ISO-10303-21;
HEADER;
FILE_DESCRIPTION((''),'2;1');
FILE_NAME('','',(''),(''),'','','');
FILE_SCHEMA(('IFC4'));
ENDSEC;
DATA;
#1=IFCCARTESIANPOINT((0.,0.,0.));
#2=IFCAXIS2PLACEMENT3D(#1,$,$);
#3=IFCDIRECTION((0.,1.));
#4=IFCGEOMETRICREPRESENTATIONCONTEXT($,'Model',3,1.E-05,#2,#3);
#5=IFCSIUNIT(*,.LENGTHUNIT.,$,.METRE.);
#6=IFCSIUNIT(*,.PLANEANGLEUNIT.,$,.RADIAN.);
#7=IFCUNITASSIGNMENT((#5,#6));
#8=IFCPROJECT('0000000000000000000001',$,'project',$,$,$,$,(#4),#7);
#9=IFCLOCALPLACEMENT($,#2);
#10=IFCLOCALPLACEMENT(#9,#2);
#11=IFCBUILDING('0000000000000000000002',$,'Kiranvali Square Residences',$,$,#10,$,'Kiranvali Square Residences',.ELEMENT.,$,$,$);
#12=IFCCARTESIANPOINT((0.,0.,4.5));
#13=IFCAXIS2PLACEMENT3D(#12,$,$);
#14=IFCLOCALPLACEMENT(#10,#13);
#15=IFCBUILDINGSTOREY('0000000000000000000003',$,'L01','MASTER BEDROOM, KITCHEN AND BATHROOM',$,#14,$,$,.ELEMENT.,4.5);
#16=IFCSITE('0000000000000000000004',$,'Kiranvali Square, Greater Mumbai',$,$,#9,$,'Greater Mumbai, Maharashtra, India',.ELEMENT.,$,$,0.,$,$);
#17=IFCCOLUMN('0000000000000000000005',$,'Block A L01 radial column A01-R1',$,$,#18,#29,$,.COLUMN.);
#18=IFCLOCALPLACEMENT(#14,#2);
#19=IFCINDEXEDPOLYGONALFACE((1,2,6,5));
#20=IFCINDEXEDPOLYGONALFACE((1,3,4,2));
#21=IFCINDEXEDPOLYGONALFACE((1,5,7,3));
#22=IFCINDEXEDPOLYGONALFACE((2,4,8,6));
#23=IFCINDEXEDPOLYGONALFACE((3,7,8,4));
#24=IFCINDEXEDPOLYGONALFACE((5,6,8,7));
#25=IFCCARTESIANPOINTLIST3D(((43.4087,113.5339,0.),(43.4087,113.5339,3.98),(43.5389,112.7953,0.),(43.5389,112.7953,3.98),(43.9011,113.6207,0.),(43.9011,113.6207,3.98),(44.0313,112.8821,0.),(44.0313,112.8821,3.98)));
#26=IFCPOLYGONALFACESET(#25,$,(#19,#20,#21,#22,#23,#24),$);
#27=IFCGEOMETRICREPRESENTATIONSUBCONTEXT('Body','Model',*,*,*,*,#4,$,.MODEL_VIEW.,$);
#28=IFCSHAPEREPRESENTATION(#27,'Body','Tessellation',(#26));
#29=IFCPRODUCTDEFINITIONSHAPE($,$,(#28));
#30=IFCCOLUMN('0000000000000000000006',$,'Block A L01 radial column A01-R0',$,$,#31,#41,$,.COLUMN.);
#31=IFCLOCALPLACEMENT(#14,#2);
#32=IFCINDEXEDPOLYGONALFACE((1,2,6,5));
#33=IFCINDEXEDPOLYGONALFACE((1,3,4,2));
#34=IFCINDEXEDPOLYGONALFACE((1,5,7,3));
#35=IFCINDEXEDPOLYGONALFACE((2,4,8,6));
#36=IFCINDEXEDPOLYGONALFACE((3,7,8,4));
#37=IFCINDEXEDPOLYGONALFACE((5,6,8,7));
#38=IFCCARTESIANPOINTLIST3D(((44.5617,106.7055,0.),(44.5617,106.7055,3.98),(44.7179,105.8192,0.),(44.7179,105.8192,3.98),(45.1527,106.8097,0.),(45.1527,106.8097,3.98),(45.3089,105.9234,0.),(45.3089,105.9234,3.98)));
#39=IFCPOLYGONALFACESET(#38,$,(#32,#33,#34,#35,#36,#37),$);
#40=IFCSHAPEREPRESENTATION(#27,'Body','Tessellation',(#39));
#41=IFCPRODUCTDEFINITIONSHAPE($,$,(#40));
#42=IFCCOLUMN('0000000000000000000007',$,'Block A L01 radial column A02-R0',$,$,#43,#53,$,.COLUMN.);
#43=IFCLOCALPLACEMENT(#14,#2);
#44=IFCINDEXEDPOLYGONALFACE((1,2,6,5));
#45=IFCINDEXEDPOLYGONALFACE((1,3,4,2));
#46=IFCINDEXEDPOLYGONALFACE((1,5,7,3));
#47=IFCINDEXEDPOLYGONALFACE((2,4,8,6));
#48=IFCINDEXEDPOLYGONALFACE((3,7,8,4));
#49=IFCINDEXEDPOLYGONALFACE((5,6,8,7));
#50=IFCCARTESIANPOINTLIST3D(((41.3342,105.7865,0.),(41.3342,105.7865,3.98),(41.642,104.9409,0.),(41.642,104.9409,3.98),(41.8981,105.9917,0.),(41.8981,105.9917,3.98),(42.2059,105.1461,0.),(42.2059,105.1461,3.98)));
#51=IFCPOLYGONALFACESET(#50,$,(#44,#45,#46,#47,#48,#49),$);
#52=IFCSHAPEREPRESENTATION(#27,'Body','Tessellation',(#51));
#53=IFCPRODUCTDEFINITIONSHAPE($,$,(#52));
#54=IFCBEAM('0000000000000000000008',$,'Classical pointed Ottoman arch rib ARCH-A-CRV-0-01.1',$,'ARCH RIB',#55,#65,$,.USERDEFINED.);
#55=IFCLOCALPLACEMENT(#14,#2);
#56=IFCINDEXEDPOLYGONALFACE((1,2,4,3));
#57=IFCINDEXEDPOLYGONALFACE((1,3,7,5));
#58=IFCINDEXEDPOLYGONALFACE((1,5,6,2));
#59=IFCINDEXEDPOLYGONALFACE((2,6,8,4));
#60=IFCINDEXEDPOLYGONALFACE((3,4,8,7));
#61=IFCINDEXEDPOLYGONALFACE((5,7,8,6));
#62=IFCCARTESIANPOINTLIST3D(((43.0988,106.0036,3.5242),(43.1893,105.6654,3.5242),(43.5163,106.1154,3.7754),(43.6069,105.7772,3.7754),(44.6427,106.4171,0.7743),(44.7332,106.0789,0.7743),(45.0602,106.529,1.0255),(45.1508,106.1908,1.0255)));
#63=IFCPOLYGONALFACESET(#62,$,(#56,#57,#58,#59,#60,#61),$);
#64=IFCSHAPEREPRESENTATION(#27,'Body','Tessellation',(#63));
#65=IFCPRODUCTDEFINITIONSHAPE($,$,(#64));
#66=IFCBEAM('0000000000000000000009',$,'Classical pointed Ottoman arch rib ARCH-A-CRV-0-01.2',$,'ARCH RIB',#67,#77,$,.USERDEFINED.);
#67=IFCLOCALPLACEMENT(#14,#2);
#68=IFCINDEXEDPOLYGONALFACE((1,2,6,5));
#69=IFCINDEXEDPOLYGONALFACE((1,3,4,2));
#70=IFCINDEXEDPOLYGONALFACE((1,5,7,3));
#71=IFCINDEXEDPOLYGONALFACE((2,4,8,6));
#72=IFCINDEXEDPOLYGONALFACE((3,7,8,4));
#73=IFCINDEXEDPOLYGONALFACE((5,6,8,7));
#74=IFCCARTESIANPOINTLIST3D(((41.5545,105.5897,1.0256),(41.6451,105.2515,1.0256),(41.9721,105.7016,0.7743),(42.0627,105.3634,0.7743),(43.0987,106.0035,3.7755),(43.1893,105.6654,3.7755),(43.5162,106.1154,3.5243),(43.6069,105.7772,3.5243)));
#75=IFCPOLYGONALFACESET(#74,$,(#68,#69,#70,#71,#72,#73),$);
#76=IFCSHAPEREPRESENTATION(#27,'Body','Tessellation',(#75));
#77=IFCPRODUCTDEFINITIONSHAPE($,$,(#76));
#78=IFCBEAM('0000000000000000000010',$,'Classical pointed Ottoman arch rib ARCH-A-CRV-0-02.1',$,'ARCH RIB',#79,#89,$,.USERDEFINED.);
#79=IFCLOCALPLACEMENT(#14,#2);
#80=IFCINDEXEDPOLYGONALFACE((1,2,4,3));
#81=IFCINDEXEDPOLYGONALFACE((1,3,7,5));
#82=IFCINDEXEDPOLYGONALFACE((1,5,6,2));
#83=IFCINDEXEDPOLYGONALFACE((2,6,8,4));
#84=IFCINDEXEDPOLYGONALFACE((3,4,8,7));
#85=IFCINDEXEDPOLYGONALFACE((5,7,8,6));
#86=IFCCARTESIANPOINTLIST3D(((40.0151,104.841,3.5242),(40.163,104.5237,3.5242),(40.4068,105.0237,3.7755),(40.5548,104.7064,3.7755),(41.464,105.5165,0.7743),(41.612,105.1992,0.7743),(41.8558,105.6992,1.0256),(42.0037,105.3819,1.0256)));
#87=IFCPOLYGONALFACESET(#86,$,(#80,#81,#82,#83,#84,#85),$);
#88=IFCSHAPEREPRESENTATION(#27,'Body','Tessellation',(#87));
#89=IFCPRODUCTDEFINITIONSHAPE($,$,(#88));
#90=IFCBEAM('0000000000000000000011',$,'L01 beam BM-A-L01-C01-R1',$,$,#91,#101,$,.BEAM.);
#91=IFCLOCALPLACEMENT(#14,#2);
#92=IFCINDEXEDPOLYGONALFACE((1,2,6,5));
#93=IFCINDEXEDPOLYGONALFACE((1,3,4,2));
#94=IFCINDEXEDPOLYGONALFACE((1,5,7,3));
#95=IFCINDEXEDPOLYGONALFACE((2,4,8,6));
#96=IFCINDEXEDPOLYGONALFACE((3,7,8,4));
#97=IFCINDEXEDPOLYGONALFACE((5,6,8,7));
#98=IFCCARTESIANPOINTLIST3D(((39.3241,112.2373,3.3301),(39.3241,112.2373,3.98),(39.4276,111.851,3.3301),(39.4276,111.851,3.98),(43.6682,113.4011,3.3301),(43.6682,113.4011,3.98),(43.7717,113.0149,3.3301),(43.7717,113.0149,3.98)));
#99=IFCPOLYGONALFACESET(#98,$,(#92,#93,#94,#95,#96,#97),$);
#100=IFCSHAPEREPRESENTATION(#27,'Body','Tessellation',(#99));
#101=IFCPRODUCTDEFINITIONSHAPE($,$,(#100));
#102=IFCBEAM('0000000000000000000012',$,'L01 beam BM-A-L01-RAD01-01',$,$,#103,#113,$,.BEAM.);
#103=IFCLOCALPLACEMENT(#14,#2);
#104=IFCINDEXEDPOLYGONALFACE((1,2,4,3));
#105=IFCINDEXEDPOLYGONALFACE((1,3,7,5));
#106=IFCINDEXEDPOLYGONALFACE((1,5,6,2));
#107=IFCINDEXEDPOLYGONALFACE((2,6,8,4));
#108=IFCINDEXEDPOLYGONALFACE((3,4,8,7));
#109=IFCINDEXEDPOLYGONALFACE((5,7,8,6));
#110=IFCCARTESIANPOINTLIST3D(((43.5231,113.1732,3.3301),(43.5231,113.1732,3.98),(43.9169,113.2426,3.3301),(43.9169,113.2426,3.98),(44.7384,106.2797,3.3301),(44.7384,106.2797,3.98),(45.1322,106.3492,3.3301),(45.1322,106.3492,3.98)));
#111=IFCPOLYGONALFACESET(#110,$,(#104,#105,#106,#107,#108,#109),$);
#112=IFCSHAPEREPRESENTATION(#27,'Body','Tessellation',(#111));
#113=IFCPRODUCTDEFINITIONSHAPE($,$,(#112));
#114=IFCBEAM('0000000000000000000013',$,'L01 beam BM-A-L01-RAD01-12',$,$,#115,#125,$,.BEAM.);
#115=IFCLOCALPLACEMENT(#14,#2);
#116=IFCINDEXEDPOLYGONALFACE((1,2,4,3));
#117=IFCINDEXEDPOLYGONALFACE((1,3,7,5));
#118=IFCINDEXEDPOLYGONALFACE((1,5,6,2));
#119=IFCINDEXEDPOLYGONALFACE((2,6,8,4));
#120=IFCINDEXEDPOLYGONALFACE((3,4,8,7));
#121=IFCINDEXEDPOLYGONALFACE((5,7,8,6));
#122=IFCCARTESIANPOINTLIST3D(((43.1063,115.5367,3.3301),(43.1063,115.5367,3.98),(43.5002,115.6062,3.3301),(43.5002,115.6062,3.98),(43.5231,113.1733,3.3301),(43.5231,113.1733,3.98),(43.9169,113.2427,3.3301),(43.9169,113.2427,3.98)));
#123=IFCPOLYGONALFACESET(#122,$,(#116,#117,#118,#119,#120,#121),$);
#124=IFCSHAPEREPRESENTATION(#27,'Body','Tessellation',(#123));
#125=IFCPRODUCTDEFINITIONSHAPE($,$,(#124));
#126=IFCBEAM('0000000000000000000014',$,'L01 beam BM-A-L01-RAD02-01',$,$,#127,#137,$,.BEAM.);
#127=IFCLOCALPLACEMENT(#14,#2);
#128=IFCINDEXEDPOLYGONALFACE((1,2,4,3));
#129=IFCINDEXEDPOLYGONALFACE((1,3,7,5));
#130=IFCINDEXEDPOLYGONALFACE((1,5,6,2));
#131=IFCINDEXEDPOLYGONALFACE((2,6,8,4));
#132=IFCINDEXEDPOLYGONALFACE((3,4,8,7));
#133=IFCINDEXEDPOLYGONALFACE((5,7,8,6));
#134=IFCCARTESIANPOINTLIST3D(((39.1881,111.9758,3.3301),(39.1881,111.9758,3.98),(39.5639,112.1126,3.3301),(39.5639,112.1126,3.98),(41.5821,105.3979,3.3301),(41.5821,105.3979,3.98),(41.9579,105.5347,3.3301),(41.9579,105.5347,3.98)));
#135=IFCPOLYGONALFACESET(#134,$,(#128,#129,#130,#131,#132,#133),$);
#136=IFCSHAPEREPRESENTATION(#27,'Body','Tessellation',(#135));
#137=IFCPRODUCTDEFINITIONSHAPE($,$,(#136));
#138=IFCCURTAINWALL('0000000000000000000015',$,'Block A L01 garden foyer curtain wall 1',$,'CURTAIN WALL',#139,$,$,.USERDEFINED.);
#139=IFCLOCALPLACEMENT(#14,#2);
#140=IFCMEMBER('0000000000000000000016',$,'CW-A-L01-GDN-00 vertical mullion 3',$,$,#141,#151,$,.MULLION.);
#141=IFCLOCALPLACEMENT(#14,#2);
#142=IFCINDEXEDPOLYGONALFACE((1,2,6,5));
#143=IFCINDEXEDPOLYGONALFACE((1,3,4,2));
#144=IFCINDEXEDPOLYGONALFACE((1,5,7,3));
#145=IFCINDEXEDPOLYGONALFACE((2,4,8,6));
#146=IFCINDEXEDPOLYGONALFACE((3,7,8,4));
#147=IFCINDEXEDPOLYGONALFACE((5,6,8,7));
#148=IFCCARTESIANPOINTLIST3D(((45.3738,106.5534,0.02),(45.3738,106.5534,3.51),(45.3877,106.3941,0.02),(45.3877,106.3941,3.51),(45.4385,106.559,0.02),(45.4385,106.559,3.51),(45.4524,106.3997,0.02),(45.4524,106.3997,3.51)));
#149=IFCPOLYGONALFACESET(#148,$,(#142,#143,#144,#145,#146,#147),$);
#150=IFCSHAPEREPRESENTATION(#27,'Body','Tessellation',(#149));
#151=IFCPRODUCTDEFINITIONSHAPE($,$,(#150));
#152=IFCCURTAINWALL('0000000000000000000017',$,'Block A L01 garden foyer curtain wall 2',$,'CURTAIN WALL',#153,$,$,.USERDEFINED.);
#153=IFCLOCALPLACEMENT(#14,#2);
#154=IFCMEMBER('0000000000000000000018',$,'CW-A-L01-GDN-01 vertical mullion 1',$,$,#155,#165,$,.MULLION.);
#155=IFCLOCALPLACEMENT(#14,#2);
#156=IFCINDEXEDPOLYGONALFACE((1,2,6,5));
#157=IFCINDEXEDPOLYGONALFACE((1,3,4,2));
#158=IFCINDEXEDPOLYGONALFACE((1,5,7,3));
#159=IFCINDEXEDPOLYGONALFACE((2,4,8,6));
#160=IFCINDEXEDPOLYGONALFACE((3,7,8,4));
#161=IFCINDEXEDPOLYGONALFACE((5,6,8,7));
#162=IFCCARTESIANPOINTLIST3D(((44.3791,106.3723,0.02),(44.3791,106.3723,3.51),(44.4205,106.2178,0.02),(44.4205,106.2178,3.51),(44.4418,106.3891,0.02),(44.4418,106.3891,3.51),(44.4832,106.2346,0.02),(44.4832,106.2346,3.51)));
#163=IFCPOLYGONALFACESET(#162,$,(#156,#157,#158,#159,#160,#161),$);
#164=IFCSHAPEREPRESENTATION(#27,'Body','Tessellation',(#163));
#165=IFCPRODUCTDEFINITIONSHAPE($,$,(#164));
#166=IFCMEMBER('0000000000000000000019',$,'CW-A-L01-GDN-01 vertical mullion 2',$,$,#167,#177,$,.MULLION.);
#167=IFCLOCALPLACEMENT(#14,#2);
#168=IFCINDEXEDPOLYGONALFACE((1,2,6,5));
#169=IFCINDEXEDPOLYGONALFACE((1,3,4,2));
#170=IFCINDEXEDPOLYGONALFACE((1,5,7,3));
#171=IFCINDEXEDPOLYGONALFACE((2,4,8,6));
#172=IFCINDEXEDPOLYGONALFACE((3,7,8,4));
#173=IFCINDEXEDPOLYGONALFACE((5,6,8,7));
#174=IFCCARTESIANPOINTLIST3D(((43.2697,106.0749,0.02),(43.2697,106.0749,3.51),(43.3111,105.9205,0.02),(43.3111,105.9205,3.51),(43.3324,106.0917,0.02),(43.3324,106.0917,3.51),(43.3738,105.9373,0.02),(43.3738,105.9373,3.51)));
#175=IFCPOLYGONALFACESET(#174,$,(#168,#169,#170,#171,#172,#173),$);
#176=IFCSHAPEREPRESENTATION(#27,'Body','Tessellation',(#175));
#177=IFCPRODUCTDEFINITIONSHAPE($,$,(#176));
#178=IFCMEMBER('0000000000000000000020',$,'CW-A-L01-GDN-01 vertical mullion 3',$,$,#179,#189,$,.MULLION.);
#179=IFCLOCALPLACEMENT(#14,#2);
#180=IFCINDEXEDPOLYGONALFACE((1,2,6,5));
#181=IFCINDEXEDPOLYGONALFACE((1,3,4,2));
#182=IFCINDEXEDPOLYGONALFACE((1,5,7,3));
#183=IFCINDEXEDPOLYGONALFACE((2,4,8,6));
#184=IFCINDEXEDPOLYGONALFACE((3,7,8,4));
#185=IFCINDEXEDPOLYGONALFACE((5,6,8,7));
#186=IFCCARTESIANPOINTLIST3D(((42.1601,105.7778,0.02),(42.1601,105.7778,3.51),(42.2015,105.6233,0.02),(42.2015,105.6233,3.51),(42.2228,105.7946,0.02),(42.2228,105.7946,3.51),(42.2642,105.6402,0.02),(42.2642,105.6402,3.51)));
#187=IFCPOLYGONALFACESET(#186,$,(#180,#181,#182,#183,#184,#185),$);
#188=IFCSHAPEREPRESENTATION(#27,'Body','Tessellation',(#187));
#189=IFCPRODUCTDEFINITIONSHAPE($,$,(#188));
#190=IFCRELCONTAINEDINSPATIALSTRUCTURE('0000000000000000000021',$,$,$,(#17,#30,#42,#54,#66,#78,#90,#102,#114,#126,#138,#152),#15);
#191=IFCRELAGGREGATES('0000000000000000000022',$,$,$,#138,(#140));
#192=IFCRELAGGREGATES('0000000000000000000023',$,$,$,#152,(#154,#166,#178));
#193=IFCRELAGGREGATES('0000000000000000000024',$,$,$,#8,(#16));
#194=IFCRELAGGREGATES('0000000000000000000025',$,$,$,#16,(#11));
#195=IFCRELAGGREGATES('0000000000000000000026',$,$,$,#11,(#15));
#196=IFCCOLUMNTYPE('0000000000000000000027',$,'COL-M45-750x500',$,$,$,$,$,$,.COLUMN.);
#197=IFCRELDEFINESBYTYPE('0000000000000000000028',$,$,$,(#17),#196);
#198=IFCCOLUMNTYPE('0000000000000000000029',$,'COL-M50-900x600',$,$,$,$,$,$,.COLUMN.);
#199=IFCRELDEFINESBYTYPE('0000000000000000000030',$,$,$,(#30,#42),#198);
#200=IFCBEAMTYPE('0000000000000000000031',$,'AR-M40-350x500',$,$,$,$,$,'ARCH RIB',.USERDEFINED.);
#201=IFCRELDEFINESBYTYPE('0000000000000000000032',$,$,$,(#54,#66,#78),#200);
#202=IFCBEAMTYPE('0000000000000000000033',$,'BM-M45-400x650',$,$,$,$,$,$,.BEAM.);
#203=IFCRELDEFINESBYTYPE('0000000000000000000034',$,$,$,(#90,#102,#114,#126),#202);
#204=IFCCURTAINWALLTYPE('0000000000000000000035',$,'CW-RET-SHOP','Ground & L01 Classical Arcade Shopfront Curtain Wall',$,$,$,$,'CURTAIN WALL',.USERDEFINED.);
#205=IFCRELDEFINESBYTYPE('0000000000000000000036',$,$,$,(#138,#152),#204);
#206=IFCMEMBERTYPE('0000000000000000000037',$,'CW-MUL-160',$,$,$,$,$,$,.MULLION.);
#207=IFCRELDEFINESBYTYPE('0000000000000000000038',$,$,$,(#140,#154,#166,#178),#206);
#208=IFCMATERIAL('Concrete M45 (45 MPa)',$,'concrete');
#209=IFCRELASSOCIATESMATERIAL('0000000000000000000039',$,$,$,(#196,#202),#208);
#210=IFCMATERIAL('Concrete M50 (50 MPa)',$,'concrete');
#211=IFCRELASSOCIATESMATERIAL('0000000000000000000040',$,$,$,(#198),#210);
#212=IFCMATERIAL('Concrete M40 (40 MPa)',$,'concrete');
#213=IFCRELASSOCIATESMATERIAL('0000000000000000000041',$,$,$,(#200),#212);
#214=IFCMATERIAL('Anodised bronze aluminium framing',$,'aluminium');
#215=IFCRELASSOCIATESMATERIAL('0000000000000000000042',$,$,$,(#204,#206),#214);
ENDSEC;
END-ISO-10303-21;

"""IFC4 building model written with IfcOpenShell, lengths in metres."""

from ifc_helpers import new_model, si_unit, direction, frame, origin, origin_2d, place, context, subcontext, project, spatial, rectangle, extrude, material, material_profile, profile_set, type_object, element, aggregate, save


model = new_model("IFC4")

# Units and contexts
model_context = context("Model", 3, precision=1e-05, world=origin(), true_north=direction((0.0, 1.0)))
body_context = subcontext(model_context, "Body", "Model", "MODEL_VIEW")
ifc_project = project(units=[si_unit("LENGTHUNIT", "METRE"), si_unit("PLANEANGLEUNIT", "RADIAN")], contexts=[model_context])

# Site, building, storey
site_placement = place(None, origin())
site = spatial("IfcSite", under=ifc_project, at=site_placement, Name="Kiranvali Square, Greater Mumbai", LongName="Greater Mumbai, Maharashtra, India", CompositionType="ELEMENT", RefElevation=0.0)
building_placement = place(site_placement, origin())
building = spatial("IfcBuilding", under=site, at=building_placement, Name="Kiranvali Square Residences", LongName="Kiranvali Square Residences", CompositionType="ELEMENT")
storey_placement = place(building_placement, frame((0.0, 0.0, 4.5)))
storey = spatial("IfcBuildingStorey", under=building, at=storey_placement, Name="L01", Description="MASTER BEDROOM, KITCHEN AND BATHROOM", CompositionType="ELEMENT", Elevation=4.5)

# Columns
ifc_material_1 = material(Name="Concrete M45 (45 MPa)", Category="concrete")
ifc_material_profile_1 = material_profile(ifc_material_1, rectangle(XDim=0.5, YDim=0.75, at=origin_2d()), Name="RC 750x500")
ifc_profile_set_1 = profile_set([ifc_material_profile_1], Name="Concrete M45 (45 MPa)")
column_type_1 = type_object("IfcColumnType", Name="COL-M45-750x500", PredefinedType="COLUMN", material=ifc_profile_set_1)
column_placement = place(storey_placement, frame((43.72, 113.208, 0.0), z_axis=(0.0, 0.0, 1.0), x_axis=(0.984808, 0.173648, 0.0)))
element("IfcColumn", 1, at=column_placement, inside=storey, type_object=column_type_1, Name="Block A L01 radial column A01-R1", PredefinedType="COLUMN", context=body_context, shape_type="SweptSolid", body=[
    extrude(rectangle(XDim=0.5, YDim=0.75, at=origin_2d()), origin(), (0.0, 0.0, 1.0), 3.98),
])
ifc_material_2 = material(Name="Concrete M50 (50 MPa)", Category="concrete")
ifc_material_profile_2 = material_profile(ifc_material_2, rectangle(XDim=0.6001, YDim=0.8999, at=origin_2d()), Name="RC 900x600")
ifc_profile_set_2 = profile_set([ifc_material_profile_2], Name="Concrete M50 (50 MPa)")
column_type_2 = type_object("IfcColumnType", Name="COL-M50-900x600", PredefinedType="COLUMN", material=ifc_profile_set_2)
for number, where, z_axis, x_axis, name in (
    (2, (44.9353, 106.3145, 0.0), (0.0, 0.0, 1.0), (0.984808, 0.173648, 0.0), "Block A L01 radial column A01-R0"),
    (3, (41.77, 105.4663, 0.0), (0.0, 0.0, 1.0), (0.939693, 0.34202, 0.0), "Block A L01 radial column A02-R0"),
):
    element("IfcColumn", number, at=place(storey_placement, frame(where, z_axis=z_axis, x_axis=x_axis)), inside=storey, type_object=column_type_2, Name=name, PredefinedType="COLUMN", context=body_context, shape_type="SweptSolid", body=[
        extrude(rectangle(XDim=0.6001, YDim=0.8999, at=origin_2d()), origin(), (0.0, 0.0, 1.0), 3.98),
    ])

# Beams
ifc_material_3 = material(Name="Concrete M40 (40 MPa)", Category="concrete")
ifc_material_profile_3 = material_profile(ifc_material_3, rectangle(XDim=0.3501, YDim=0.5, at=origin_2d()), Name="RC 350x500")
ifc_profile_set_3 = profile_set([ifc_material_profile_3], Name="Concrete M40 (40 MPa)")
beam_type_1 = type_object("IfcBeamType", Name="AR-M40-350x500", ElementType="ARCH RIB", PredefinedType="USERDEFINED", material=ifc_profile_set_3)
beam_1_placement = place(storey_placement, frame((44.8967, 106.304, 0.8999), z_axis=(-0.4854, -0.130023, 0.86457), x_axis=(0.258746, -0.965945, 0.0)))
element("IfcBeam", 4, at=beam_1_placement, inside=storey, type_object=beam_type_1, Name="Classical pointed Ottoman arch rib ARCH-A-CRV-0-01.1", ObjectType="ARCH RIB", PredefinedType="USERDEFINED", context=body_context, shape_type="SweptSolid", body=[
    extrude(rectangle(XDim=0.3501, YDim=0.5, at=origin_2d()), origin(), (0.0, 0.0, 1.0), 3.1807),
])
for number, where, z_axis, x_axis, name in (
    (5, (43.3528, 105.8904, 3.6499), (-0.485453, -0.130094, -0.864529), (0.258851, -0.965917, 0.0), "Classical pointed Ottoman arch rib ARCH-A-CRV-0-01.2"),
    (6, (41.7339, 105.4492, 0.8999), (-0.455518, -0.21237, 0.864524), (0.422551, -0.906339, 0.0), "Classical pointed Ottoman arch rib ARCH-A-CRV-0-02.1"),
):
    element("IfcBeam", number, at=place(storey_placement, frame(where, z_axis=z_axis, x_axis=x_axis)), inside=storey, type_object=beam_type_1, Name=name, ObjectType="ARCH RIB", PredefinedType="USERDEFINED", context=body_context, shape_type="SweptSolid", body=[
        extrude(rectangle(XDim=0.3501, YDim=0.5, at=origin_2d()), origin(), (0.0, 0.0, 1.0), 3.1809),
    ])
ifc_material_profile_4 = material_profile(ifc_material_1, rectangle(XDim=0.3999, YDim=0.6499, at=origin_2d()), Name="RC 400x650")
ifc_profile_set_4 = profile_set([ifc_material_profile_4], Name="Concrete M45 (45 MPa)")
beam_type_2 = type_object("IfcBeamType", Name="BM-M45-400x650", PredefinedType="BEAM", material=ifc_profile_set_4)
beam_2_placement = place(storey_placement, frame((43.72, 113.208, 3.655), z_axis=(-0.965934, -0.258788, 0.0), x_axis=(0.258788, -0.965934, 0.0)))
element("IfcBeam", 7, at=beam_2_placement, inside=storey, type_object=beam_type_2, Name="L01 beam BM-A-L01-C01-R1", PredefinedType="BEAM", context=body_context, shape_type="SweptSolid", body=[
    extrude(rectangle(XDim=0.3999, YDim=0.6499, at=origin_2d()), origin(), (0.0, 0.0, 1.0), 4.4973),
])
beam_3_placement = place(storey_placement, frame((44.9353, 106.3145, 3.655), z_axis=(-0.173622, 0.984812, 0.0), x_axis=(-0.984812, -0.173622, 0.0)))
element("IfcBeam", 8, at=beam_3_placement, inside=storey, type_object=beam_type_2, Name="L01 beam BM-A-L01-RAD01-01", PredefinedType="BEAM", context=body_context, shape_type="SweptSolid", body=[
    extrude(rectangle(XDim=0.3999, YDim=0.6499, at=origin_2d()), origin(), (0.0, 0.0, 1.0), 6.9998),
])
beam_4_placement = place(storey_placement, frame((43.72, 113.208, 3.655), z_axis=(-0.173646, 0.984808, 0.0), x_axis=(-0.984808, -0.173646, 0.0)))
element("IfcBeam", 9, at=beam_4_placement, inside=storey, type_object=beam_type_2, Name="L01 beam BM-A-L01-RAD01-12", PredefinedType="BEAM", context=body_context, shape_type="SweptSolid", body=[
    extrude(rectangle(XDim=0.3999, YDim=0.6499, at=origin_2d()), origin(), (0.0, 0.0, 1.0), 2.3999),
])
beam_5_placement = place(storey_placement, frame((41.77, 105.4663, 3.655), z_axis=(-0.342006, 0.939698, 0.0), x_axis=(-0.939698, -0.342006, 0.0)))
element("IfcBeam", 10, at=beam_5_placement, inside=storey, type_object=beam_type_2, Name="L01 beam BM-A-L01-RAD02-01", PredefinedType="BEAM", context=body_context, shape_type="SweptSolid", body=[
    extrude(rectangle(XDim=0.3999, YDim=0.6499, at=origin_2d()), origin(), (0.0, 0.0, 1.0), 7.0),
])

# Curtain wall, member
ifc_material_4 = material(Name="Anodised bronze aluminium framing", Category="aluminium")
curtain_wall_type = type_object("IfcCurtainWallType", Name="CW-RET-SHOP", Description="Ground & L01 Classical Arcade Shopfront Curtain Wall", ElementType="CURTAIN WALL", PredefinedType="USERDEFINED", material=ifc_material_4)
curtain_wall_1_placement = place(storey_placement, origin())
curtain_wall_1 = element("IfcCurtainWall", 11, at=curtain_wall_1_placement, inside=storey, type_object=curtain_wall_type, Name="Block A L01 garden foyer curtain wall 1", ObjectType="CURTAIN WALL", PredefinedType="USERDEFINED")
ifc_material_profile_5 = material_profile(ifc_material_4, rectangle(XDim=0.0649, YDim=0.1599, at=origin_2d()), Name="ALU 65x160")
ifc_profile_set_5 = profile_set([ifc_material_profile_5], Name="Anodised bronze aluminium framing")
member_type_1 = type_object("IfcMemberType", Name="CW-MUL-160", PredefinedType="MULLION", material=ifc_profile_set_5)
member_1_placement = place(storey_placement, frame((45.4131, 106.4766, 0.02), z_axis=(0.0, 0.0, 1.0), x_axis=(-0.996195, -0.087156, 0.0)))
member_1 = element("IfcMember", 12, at=member_1_placement, type_object=member_type_1, Name="CW-A-L01-GDN-00 vertical mullion 3", PredefinedType="MULLION", context=body_context, shape_type="SweptSolid", body=[
    extrude(rectangle(XDim=0.0649, YDim=0.1599, at=origin_2d()), origin(), (0.0, 0.0, 1.0), 3.49),
])
aggregate(curtain_wall_1, [member_1])

# Curtain wall, members
curtain_wall_2_placement = place(storey_placement, origin())
curtain_wall_2 = element("IfcCurtainWall", 13, at=curtain_wall_2_placement, inside=storey, type_object=curtain_wall_type, Name="Block A L01 garden foyer curtain wall 2", ObjectType="CURTAIN WALL", PredefinedType="USERDEFINED")
member_2_placement = place(storey_placement, frame((44.4312, 106.3035, 0.02), z_axis=(0.0, 0.0, 1.0), x_axis=(-0.965926, -0.258819, 0.0)))
member_2 = element("IfcMember", 14, at=member_2_placement, type_object=member_type_1, Name="CW-A-L01-GDN-01 vertical mullion 1", PredefinedType="MULLION", context=body_context, shape_type="SweptSolid", body=[
    extrude(rectangle(XDim=0.0649, YDim=0.1599, at=origin_2d()), origin(), (0.0, 0.0, 1.0), 3.49),
])
member_3_placement = place(storey_placement, frame((43.3218, 106.0061, 0.02), z_axis=(0.0, 0.0, 1.0), x_axis=(-0.965926, -0.258819, 0.0)))
member_3 = element("IfcMember", 15, at=member_3_placement, type_object=member_type_1, Name="CW-A-L01-GDN-01 vertical mullion 2", PredefinedType="MULLION", context=body_context, shape_type="SweptSolid", body=[
    extrude(rectangle(XDim=0.0649, YDim=0.1599, at=origin_2d()), origin(), (0.0, 0.0, 1.0), 3.49),
])
member_4_placement = place(storey_placement, frame((42.2122, 105.709, 0.02), z_axis=(0.0, 0.0, 1.0), x_axis=(-0.965926, -0.258819, 0.0)))
member_4 = element("IfcMember", 16, at=member_4_placement, type_object=member_type_1, Name="CW-A-L01-GDN-01 vertical mullion 3", PredefinedType="MULLION", context=body_context, shape_type="SweptSolid", body=[
    extrude(rectangle(XDim=0.0649, YDim=0.1599, at=origin_2d()), origin(), (0.0, 0.0, 1.0), 3.49),
])

aggregate(curtain_wall_2, [member_2, member_3, member_4])

save(model, "model.ifc")
